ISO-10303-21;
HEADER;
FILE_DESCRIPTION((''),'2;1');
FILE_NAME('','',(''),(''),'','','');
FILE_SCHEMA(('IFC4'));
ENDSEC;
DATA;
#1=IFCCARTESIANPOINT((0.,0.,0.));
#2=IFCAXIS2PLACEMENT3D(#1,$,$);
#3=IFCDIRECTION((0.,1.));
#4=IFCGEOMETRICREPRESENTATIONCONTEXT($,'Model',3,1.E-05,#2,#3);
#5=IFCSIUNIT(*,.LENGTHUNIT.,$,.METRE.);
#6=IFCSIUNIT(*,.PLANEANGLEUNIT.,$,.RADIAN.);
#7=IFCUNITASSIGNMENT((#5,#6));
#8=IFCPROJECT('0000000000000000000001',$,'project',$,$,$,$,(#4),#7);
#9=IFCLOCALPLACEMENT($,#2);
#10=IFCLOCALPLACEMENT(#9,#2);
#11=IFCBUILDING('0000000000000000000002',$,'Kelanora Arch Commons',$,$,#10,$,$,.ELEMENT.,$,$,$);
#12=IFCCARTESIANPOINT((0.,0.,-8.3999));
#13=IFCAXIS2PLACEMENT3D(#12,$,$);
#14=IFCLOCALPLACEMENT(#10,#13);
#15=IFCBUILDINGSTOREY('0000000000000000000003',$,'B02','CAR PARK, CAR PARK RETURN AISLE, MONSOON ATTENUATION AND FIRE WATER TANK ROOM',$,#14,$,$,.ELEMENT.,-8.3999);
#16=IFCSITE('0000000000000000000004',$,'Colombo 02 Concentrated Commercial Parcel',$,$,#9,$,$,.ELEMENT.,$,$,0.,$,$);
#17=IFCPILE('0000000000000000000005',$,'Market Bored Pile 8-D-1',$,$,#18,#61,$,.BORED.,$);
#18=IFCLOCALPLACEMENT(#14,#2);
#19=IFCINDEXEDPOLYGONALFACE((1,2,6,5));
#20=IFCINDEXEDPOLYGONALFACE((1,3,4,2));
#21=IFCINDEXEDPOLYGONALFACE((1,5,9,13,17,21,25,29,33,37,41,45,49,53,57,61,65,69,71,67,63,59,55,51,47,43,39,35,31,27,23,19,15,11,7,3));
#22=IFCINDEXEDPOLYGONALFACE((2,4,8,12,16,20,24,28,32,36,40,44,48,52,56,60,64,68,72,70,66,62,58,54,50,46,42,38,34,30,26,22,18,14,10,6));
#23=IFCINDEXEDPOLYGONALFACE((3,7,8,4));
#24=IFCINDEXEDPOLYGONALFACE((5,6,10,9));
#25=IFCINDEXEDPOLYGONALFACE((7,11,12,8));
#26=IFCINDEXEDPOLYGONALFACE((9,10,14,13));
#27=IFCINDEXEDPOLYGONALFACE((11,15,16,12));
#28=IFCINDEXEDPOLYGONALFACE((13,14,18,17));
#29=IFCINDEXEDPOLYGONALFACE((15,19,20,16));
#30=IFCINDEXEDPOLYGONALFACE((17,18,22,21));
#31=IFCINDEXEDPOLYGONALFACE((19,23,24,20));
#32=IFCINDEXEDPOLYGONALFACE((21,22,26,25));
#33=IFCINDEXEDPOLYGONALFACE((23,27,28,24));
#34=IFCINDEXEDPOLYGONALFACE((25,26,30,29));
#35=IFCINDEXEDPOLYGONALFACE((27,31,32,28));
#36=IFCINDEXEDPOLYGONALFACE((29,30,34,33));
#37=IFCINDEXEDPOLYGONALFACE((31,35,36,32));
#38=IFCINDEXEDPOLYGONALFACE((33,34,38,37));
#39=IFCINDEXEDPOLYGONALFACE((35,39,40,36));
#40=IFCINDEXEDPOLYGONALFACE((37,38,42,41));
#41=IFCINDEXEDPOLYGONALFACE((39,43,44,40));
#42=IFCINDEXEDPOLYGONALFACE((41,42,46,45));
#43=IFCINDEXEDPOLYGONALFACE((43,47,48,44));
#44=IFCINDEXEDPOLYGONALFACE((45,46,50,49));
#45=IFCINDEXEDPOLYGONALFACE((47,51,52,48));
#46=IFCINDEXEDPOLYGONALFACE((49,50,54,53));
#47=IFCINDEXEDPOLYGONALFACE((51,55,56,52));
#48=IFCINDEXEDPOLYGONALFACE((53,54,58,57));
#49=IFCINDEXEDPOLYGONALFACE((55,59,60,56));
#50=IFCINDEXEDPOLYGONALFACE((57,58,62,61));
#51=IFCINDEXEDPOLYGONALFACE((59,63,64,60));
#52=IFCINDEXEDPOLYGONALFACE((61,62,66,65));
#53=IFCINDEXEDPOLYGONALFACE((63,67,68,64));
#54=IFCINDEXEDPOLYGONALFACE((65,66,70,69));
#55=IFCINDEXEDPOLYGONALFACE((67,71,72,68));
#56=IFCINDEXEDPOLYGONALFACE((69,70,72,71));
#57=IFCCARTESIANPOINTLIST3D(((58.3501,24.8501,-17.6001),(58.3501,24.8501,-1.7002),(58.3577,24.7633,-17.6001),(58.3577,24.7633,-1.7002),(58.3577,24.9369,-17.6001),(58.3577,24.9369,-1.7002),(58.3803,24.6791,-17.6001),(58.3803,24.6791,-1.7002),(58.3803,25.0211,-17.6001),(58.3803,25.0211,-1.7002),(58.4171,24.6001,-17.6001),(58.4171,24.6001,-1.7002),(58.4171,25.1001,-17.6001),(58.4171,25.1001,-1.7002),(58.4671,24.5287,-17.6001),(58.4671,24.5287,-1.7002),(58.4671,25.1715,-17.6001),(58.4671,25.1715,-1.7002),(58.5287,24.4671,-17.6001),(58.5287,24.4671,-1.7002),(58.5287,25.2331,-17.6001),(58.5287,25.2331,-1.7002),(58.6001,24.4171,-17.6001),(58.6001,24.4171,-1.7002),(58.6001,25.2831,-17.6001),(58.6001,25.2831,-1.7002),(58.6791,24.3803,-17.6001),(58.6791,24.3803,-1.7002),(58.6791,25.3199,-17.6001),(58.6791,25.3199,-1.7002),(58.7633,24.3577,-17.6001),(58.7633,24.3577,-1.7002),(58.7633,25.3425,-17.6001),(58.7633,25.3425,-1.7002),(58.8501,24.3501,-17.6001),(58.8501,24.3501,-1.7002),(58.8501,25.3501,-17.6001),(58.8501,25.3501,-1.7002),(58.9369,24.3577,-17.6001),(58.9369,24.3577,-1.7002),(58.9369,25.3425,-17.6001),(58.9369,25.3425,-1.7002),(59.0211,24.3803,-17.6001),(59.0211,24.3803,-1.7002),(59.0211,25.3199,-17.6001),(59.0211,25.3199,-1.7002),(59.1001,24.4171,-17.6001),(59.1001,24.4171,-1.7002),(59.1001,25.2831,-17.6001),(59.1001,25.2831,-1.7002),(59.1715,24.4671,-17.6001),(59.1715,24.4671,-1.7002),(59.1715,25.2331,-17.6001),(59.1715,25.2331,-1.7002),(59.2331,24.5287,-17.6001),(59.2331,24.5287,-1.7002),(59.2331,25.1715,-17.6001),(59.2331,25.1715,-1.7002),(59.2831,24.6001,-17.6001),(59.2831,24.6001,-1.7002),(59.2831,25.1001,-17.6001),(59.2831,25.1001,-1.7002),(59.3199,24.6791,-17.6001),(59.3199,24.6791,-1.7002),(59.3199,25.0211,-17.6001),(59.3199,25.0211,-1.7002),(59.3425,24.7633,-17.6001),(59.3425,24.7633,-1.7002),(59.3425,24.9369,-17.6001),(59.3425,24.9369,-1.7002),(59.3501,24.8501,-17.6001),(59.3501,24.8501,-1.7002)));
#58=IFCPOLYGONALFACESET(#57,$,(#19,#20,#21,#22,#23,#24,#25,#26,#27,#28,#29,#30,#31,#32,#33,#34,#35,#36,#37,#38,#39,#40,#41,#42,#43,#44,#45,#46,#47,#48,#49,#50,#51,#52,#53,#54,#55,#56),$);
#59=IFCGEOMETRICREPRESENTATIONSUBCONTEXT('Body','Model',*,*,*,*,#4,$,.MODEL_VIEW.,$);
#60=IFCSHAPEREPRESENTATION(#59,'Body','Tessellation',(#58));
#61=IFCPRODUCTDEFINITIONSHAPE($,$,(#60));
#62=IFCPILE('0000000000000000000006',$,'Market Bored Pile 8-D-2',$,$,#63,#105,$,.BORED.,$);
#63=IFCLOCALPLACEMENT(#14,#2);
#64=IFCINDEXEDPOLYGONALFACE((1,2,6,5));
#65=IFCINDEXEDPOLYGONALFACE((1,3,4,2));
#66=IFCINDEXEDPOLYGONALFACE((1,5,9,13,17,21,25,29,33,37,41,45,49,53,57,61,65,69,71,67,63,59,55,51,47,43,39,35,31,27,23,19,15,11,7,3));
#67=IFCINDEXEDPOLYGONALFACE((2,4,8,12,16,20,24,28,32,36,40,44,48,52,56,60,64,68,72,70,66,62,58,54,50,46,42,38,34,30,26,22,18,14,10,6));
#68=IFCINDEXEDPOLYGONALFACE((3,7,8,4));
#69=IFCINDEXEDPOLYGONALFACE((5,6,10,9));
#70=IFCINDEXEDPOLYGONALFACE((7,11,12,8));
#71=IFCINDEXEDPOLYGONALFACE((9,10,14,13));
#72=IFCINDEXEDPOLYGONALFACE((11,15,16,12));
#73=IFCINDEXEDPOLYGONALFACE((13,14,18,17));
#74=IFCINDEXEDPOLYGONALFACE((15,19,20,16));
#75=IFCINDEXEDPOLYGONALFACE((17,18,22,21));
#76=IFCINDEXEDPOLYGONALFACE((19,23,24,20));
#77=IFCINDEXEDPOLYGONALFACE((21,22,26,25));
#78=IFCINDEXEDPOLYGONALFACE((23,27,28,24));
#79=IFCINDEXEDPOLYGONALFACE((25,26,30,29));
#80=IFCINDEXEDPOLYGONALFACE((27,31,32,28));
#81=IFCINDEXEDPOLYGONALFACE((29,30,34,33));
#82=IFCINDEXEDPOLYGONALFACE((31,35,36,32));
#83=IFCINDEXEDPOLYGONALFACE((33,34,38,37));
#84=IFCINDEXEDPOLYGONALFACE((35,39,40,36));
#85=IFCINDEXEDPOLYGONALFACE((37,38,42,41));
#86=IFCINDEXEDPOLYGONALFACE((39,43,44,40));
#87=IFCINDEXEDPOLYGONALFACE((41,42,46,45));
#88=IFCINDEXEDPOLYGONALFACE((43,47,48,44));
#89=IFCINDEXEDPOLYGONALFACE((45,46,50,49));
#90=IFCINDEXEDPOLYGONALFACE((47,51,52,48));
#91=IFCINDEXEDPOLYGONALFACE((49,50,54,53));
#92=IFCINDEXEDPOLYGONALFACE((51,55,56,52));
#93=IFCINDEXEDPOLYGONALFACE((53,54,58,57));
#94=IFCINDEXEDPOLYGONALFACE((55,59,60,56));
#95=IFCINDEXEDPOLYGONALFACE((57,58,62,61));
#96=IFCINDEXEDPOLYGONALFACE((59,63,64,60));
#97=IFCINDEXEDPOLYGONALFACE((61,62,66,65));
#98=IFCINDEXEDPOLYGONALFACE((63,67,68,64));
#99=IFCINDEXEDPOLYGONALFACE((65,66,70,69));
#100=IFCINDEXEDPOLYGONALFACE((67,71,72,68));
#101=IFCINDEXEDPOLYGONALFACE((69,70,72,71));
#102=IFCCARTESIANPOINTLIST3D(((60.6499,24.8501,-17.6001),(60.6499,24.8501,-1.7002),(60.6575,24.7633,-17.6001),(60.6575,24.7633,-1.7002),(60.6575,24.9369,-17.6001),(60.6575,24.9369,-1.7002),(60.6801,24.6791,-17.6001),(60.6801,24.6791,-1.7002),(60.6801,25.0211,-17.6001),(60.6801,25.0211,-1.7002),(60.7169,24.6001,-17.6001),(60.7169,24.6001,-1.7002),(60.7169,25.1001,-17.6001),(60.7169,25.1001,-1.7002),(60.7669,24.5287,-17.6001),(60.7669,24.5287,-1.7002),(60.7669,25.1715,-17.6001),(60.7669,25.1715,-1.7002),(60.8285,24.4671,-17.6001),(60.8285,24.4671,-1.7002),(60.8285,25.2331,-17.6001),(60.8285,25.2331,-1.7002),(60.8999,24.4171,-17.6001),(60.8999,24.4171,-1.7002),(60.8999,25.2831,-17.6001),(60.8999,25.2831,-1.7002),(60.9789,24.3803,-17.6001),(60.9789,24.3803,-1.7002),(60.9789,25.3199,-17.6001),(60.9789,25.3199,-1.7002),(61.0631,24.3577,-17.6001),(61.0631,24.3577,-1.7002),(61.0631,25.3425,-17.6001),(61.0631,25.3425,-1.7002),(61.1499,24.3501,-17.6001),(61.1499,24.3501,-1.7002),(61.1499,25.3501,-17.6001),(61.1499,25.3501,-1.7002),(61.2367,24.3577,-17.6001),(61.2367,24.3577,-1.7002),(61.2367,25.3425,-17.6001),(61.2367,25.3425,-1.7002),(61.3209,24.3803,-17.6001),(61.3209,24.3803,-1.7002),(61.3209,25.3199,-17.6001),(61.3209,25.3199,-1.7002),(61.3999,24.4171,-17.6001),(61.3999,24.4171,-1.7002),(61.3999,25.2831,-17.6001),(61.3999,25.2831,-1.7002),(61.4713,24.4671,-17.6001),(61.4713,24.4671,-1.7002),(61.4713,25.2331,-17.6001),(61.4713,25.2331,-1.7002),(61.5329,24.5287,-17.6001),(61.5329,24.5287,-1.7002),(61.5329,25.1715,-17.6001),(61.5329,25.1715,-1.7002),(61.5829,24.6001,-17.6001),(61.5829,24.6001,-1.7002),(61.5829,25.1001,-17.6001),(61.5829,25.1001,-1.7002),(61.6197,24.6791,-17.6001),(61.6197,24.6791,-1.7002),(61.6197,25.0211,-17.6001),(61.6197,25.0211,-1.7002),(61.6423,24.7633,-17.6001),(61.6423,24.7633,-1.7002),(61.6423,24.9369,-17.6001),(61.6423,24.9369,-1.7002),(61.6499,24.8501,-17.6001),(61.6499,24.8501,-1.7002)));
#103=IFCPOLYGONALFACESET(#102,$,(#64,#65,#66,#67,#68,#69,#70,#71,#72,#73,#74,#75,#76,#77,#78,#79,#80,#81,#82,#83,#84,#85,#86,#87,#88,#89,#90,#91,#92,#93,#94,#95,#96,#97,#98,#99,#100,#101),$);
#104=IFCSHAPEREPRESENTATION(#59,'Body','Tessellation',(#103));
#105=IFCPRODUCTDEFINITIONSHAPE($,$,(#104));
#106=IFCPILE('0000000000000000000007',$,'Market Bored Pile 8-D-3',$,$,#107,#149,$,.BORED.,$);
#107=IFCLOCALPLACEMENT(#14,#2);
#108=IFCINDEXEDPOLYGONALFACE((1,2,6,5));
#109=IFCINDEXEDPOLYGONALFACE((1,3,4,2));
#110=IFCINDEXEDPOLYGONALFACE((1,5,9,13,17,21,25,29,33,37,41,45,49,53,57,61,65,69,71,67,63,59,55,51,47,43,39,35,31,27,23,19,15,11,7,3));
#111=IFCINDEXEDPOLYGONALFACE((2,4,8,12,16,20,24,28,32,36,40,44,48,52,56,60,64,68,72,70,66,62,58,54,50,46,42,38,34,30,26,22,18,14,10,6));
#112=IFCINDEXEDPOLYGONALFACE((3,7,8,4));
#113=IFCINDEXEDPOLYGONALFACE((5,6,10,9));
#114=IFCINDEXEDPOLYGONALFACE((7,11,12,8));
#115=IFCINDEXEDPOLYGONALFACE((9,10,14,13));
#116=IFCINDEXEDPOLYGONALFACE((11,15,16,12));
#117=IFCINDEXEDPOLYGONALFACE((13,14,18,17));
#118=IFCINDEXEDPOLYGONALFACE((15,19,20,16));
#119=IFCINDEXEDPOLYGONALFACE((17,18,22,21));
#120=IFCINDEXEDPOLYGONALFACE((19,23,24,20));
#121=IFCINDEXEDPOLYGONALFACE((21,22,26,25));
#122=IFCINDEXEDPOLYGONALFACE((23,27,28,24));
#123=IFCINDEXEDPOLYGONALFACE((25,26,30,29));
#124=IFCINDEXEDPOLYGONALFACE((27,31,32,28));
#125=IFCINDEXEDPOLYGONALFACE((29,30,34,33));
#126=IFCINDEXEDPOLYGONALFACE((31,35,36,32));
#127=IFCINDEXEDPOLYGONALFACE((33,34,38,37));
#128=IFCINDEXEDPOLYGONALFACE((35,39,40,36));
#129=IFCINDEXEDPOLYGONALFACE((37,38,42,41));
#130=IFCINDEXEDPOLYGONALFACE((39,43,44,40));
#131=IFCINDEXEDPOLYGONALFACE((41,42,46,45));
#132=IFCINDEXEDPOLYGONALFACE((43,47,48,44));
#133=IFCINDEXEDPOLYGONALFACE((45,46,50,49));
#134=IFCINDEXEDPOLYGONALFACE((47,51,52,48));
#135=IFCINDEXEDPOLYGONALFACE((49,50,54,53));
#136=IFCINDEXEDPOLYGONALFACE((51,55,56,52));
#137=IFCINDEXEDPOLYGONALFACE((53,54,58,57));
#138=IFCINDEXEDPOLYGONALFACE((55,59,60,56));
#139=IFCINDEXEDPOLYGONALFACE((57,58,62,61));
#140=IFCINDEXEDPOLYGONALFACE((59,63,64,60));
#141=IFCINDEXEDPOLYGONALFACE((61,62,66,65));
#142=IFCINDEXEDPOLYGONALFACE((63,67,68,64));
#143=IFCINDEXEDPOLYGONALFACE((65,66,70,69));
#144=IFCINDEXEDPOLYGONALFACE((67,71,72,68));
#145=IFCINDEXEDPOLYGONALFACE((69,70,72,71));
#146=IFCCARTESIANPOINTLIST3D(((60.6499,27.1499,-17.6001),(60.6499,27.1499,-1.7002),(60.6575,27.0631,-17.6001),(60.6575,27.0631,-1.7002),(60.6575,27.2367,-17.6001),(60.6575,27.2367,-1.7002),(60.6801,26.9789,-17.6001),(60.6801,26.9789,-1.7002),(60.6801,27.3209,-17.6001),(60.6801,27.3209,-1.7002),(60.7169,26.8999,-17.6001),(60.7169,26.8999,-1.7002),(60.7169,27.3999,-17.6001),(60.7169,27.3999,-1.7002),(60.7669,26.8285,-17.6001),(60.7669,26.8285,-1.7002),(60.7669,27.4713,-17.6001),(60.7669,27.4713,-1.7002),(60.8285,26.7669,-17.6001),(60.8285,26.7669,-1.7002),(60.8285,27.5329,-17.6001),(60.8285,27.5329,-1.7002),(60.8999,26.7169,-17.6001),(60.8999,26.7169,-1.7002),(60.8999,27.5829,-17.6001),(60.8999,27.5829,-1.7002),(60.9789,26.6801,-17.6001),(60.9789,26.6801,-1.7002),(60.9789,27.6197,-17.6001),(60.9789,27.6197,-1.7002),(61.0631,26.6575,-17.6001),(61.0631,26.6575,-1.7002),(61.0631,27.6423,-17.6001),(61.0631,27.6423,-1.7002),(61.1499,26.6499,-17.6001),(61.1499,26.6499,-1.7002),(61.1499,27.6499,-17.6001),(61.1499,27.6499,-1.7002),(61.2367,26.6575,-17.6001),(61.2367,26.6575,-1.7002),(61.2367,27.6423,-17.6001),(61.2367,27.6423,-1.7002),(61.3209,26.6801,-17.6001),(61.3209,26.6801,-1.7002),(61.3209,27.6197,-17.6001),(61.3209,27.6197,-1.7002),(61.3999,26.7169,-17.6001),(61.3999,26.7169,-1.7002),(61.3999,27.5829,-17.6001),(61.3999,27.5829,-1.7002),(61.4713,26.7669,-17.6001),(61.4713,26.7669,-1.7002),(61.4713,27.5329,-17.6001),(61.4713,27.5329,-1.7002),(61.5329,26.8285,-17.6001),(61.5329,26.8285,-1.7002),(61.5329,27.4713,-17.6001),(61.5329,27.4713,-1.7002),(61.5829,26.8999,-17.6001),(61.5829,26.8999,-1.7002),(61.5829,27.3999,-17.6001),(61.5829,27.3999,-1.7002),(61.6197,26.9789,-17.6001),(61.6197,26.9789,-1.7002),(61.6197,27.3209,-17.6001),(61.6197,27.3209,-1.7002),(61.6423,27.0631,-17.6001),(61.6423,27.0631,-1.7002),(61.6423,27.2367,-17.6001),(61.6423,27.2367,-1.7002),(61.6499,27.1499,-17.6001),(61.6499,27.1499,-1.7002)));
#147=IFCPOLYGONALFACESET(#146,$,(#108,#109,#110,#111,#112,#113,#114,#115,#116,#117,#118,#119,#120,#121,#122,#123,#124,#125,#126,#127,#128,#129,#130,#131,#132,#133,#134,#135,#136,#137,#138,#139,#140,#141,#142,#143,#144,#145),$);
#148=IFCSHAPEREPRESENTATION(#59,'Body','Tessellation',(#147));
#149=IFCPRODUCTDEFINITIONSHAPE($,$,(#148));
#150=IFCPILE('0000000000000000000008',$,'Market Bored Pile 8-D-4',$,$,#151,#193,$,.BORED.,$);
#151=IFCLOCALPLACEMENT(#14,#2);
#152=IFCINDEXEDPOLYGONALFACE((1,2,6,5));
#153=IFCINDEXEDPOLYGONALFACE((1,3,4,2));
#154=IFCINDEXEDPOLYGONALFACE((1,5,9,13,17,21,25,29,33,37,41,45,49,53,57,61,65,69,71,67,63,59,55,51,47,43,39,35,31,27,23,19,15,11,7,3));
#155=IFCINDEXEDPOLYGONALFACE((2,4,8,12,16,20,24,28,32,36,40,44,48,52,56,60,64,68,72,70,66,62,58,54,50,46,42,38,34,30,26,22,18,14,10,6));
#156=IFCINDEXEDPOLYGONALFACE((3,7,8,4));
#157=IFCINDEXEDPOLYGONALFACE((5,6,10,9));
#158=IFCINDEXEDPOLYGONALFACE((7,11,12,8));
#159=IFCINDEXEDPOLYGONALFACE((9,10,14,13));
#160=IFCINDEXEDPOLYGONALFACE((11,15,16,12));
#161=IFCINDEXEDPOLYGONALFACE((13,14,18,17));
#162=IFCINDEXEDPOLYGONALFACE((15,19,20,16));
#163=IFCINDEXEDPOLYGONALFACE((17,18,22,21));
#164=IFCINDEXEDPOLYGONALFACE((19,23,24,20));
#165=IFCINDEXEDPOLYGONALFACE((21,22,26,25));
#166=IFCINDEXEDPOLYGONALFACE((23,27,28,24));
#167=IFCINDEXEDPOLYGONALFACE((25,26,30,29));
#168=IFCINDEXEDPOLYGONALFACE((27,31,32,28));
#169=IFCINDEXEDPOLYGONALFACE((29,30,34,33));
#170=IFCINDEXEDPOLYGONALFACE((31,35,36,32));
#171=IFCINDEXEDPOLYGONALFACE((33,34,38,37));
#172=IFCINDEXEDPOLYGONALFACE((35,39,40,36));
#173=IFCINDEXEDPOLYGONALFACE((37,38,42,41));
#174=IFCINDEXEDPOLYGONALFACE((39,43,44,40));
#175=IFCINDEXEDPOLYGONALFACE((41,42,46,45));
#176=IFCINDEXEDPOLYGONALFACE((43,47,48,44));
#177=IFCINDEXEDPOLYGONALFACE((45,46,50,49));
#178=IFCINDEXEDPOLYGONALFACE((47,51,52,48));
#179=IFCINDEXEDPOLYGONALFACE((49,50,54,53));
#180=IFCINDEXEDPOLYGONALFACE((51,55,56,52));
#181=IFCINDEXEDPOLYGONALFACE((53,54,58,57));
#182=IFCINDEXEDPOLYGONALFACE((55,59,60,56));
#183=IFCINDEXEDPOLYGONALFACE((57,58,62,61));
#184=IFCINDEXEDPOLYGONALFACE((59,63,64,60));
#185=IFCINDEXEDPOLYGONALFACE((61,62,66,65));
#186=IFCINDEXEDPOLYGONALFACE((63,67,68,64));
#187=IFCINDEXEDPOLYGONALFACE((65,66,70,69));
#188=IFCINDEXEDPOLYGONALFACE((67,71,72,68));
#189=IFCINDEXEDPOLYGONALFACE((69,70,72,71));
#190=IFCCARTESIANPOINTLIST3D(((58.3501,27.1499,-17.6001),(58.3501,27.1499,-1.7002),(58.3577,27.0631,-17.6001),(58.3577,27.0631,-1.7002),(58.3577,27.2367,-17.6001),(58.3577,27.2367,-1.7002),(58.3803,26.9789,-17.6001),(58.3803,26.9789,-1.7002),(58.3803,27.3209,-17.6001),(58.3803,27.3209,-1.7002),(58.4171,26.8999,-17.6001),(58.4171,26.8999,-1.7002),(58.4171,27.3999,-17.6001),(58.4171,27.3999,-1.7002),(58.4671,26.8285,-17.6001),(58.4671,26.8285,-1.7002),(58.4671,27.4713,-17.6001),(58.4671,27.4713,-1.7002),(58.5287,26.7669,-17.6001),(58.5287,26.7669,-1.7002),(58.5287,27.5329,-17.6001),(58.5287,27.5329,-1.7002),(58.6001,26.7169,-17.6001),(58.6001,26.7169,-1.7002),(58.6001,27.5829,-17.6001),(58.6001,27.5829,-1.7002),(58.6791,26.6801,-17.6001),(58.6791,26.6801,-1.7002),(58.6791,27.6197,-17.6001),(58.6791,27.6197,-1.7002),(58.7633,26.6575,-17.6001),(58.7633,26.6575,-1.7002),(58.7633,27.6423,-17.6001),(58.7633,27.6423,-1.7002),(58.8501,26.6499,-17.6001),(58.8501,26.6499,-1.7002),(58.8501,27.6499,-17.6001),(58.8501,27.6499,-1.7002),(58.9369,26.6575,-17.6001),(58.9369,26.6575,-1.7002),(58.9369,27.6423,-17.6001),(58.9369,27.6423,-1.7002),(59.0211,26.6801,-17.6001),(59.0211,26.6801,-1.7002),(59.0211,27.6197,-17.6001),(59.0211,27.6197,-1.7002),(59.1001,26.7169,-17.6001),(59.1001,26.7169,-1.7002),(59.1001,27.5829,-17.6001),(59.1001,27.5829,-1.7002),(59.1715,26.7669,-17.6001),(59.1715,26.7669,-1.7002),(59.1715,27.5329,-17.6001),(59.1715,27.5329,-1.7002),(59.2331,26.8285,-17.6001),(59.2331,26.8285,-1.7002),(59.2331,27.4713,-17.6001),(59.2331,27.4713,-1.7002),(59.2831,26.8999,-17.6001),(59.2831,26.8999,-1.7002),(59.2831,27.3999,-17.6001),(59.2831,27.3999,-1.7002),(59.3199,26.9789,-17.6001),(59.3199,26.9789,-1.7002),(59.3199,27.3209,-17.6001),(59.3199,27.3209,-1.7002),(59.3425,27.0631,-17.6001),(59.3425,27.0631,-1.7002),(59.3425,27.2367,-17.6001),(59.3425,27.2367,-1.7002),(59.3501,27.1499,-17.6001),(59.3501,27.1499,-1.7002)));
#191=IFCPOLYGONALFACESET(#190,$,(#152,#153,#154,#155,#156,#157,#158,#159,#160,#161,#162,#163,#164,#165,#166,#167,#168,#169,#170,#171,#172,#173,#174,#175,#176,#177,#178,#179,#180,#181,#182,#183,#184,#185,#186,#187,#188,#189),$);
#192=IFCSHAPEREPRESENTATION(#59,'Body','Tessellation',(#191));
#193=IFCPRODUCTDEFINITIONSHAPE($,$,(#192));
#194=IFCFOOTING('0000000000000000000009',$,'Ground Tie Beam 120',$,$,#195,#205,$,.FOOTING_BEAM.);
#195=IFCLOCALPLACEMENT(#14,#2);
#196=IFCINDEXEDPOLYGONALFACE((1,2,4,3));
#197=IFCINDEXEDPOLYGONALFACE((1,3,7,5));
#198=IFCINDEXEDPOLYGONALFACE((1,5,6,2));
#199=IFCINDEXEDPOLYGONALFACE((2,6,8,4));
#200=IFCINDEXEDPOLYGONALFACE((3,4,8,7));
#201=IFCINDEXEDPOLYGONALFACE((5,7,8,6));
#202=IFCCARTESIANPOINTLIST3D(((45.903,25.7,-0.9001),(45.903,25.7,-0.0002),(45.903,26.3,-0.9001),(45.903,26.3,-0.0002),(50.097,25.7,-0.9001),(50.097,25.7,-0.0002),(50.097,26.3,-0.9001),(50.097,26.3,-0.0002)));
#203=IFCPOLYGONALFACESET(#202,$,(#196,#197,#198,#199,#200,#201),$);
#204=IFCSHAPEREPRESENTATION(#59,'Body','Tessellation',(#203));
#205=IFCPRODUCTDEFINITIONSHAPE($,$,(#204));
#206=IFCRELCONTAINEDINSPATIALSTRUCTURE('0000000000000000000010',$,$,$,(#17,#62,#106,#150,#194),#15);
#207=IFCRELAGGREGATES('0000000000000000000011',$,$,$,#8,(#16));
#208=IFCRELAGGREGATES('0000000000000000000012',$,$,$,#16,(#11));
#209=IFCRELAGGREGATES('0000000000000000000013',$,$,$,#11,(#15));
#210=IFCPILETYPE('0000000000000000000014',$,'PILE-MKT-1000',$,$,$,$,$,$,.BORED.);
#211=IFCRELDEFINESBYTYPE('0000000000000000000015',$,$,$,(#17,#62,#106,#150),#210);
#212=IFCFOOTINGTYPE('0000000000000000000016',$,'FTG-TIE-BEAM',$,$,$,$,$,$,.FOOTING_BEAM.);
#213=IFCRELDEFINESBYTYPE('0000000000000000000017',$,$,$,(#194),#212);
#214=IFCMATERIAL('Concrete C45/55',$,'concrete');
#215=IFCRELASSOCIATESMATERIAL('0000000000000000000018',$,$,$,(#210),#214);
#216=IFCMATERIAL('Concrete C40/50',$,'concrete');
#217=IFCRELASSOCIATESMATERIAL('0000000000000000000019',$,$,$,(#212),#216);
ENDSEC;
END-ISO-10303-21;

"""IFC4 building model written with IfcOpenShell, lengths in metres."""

from ifc_helpers import new_model, si_unit, direction, frame, origin, origin_2d, place, context, subcontext, project, spatial, rectangle, circle, extrude, source, transform, mapped, material, material_profile, profile_set, type_object, element, save


model = new_model("IFC4")

# Units and contexts
model_context = context("Model", 3, precision=1e-05, world=origin(), true_north=direction((0.0, 1.0)))
body_context = subcontext(model_context, "Body", "Model", "MODEL_VIEW")
ifc_project = project(units=[si_unit("LENGTHUNIT", "METRE"), si_unit("PLANEANGLEUNIT", "RADIAN")], contexts=[model_context])

# Site, building, storey
site_placement = place(None, origin())
site = spatial("IfcSite", under=ifc_project, at=site_placement, Name="Colombo 02 Concentrated Commercial Parcel", CompositionType="ELEMENT", RefElevation=0.0)
building_placement = place(site_placement, origin())
building = spatial("IfcBuilding", under=site, at=building_placement, Name="Kelanora Arch Commons", CompositionType="ELEMENT")
storey_placement = place(building_placement, frame((0.0, 0.0, -8.3999)))
storey = spatial("IfcBuildingStorey", under=building, at=storey_placement, Name="B02", Description="CAR PARK, CAR PARK RETURN AISLE, MONSOON ATTENUATION AND FIRE WATER TANK ROOM", CompositionType="ELEMENT", Elevation=-8.3999)

# Shared definitions
ifc_material_1 = material(Name="Concrete C45/55", Category="concrete")

# Shared definitions
ifc_material_2 = material(Name="Concrete C40/50", Category="concrete")

# Piles
ifc_material_profile_1 = material_profile(ifc_material_1, circle(Radius=0.5, at=origin_2d()), Name="PILE1000")
ifc_profile_set_1 = profile_set([ifc_material_profile_1], Name="Concrete C45/55")
pile_type_1 = type_object("IfcPileType", Name="PILE-MKT-1000", PredefinedType="BORED", material=ifc_profile_set_1)
shared_shape_1 = source(origin(), body_context, "Body", "SweptSolid", [
    extrude(circle(Radius=0.5, at=origin_2d()), origin(), (0.0, 0.0, 1.0), 15.8999),
])
for number, where, z_axis, x_axis, name in (
    (1, (58.8501, 24.8501, -1.7002), (0.0, 0.0, -1.0), (1.0, 0.0, 0.0), "Market Bored Pile 8-D-1"),
    (2, (61.1499, 24.8501, -1.7002), (0.0, 0.0, -1.0), (1.0, 0.0, 0.0), "Market Bored Pile 8-D-2"),
    (3, (61.1499, 27.1499, -1.7002), (0.0, 0.0, -1.0), (1.0, 0.0, 0.0), "Market Bored Pile 8-D-3"),
    (4, (58.8501, 27.1499, -1.7002), (0.0, 0.0, -1.0), (1.0, 0.0, 0.0), "Market Bored Pile 8-D-4"),
):
    element("IfcPile", number, at=place(storey_placement, frame(where, z_axis=z_axis, x_axis=x_axis)), inside=storey, type_object=pile_type_1, Name=name, PredefinedType="BORED", context=body_context, shape_type="MappedRepresentation", body=[
        mapped(shared_shape_1, transform((0.0, 0.0, 0.0), scale=1.0)),
    ])

# Footing
footing_type_1 = type_object("IfcFootingType", Name="FTG-TIE-BEAM", PredefinedType="FOOTING_BEAM", material=ifc_material_2)
shared_shape_2 = source(origin(), body_context, "Body", "SweptSolid", [
    extrude(rectangle(XDim=4.1941, YDim=0.6001, at=origin_2d()), origin(), (0.0, 0.0, 1.0), 0.8999),
])
for number, where, z_axis, x_axis, name in (
    (5, (48.0, 26.0, -0.9001), (0.0, 0.0, 1.0), (1.0, 0.0, 0.0), "Ground Tie Beam 120"),
):
    element("IfcFooting", number, at=place(storey_placement, frame(where, z_axis=z_axis, x_axis=x_axis)), inside=storey, type_object=footing_type_1, Name=name, PredefinedType="FOOTING_BEAM", context=body_context, shape_type="MappedRepresentation", body=[
        mapped(shared_shape_2, transform((0.0, 0.0, 0.0), scale=1.0)),
    ])

save(model, "model.ifc")
